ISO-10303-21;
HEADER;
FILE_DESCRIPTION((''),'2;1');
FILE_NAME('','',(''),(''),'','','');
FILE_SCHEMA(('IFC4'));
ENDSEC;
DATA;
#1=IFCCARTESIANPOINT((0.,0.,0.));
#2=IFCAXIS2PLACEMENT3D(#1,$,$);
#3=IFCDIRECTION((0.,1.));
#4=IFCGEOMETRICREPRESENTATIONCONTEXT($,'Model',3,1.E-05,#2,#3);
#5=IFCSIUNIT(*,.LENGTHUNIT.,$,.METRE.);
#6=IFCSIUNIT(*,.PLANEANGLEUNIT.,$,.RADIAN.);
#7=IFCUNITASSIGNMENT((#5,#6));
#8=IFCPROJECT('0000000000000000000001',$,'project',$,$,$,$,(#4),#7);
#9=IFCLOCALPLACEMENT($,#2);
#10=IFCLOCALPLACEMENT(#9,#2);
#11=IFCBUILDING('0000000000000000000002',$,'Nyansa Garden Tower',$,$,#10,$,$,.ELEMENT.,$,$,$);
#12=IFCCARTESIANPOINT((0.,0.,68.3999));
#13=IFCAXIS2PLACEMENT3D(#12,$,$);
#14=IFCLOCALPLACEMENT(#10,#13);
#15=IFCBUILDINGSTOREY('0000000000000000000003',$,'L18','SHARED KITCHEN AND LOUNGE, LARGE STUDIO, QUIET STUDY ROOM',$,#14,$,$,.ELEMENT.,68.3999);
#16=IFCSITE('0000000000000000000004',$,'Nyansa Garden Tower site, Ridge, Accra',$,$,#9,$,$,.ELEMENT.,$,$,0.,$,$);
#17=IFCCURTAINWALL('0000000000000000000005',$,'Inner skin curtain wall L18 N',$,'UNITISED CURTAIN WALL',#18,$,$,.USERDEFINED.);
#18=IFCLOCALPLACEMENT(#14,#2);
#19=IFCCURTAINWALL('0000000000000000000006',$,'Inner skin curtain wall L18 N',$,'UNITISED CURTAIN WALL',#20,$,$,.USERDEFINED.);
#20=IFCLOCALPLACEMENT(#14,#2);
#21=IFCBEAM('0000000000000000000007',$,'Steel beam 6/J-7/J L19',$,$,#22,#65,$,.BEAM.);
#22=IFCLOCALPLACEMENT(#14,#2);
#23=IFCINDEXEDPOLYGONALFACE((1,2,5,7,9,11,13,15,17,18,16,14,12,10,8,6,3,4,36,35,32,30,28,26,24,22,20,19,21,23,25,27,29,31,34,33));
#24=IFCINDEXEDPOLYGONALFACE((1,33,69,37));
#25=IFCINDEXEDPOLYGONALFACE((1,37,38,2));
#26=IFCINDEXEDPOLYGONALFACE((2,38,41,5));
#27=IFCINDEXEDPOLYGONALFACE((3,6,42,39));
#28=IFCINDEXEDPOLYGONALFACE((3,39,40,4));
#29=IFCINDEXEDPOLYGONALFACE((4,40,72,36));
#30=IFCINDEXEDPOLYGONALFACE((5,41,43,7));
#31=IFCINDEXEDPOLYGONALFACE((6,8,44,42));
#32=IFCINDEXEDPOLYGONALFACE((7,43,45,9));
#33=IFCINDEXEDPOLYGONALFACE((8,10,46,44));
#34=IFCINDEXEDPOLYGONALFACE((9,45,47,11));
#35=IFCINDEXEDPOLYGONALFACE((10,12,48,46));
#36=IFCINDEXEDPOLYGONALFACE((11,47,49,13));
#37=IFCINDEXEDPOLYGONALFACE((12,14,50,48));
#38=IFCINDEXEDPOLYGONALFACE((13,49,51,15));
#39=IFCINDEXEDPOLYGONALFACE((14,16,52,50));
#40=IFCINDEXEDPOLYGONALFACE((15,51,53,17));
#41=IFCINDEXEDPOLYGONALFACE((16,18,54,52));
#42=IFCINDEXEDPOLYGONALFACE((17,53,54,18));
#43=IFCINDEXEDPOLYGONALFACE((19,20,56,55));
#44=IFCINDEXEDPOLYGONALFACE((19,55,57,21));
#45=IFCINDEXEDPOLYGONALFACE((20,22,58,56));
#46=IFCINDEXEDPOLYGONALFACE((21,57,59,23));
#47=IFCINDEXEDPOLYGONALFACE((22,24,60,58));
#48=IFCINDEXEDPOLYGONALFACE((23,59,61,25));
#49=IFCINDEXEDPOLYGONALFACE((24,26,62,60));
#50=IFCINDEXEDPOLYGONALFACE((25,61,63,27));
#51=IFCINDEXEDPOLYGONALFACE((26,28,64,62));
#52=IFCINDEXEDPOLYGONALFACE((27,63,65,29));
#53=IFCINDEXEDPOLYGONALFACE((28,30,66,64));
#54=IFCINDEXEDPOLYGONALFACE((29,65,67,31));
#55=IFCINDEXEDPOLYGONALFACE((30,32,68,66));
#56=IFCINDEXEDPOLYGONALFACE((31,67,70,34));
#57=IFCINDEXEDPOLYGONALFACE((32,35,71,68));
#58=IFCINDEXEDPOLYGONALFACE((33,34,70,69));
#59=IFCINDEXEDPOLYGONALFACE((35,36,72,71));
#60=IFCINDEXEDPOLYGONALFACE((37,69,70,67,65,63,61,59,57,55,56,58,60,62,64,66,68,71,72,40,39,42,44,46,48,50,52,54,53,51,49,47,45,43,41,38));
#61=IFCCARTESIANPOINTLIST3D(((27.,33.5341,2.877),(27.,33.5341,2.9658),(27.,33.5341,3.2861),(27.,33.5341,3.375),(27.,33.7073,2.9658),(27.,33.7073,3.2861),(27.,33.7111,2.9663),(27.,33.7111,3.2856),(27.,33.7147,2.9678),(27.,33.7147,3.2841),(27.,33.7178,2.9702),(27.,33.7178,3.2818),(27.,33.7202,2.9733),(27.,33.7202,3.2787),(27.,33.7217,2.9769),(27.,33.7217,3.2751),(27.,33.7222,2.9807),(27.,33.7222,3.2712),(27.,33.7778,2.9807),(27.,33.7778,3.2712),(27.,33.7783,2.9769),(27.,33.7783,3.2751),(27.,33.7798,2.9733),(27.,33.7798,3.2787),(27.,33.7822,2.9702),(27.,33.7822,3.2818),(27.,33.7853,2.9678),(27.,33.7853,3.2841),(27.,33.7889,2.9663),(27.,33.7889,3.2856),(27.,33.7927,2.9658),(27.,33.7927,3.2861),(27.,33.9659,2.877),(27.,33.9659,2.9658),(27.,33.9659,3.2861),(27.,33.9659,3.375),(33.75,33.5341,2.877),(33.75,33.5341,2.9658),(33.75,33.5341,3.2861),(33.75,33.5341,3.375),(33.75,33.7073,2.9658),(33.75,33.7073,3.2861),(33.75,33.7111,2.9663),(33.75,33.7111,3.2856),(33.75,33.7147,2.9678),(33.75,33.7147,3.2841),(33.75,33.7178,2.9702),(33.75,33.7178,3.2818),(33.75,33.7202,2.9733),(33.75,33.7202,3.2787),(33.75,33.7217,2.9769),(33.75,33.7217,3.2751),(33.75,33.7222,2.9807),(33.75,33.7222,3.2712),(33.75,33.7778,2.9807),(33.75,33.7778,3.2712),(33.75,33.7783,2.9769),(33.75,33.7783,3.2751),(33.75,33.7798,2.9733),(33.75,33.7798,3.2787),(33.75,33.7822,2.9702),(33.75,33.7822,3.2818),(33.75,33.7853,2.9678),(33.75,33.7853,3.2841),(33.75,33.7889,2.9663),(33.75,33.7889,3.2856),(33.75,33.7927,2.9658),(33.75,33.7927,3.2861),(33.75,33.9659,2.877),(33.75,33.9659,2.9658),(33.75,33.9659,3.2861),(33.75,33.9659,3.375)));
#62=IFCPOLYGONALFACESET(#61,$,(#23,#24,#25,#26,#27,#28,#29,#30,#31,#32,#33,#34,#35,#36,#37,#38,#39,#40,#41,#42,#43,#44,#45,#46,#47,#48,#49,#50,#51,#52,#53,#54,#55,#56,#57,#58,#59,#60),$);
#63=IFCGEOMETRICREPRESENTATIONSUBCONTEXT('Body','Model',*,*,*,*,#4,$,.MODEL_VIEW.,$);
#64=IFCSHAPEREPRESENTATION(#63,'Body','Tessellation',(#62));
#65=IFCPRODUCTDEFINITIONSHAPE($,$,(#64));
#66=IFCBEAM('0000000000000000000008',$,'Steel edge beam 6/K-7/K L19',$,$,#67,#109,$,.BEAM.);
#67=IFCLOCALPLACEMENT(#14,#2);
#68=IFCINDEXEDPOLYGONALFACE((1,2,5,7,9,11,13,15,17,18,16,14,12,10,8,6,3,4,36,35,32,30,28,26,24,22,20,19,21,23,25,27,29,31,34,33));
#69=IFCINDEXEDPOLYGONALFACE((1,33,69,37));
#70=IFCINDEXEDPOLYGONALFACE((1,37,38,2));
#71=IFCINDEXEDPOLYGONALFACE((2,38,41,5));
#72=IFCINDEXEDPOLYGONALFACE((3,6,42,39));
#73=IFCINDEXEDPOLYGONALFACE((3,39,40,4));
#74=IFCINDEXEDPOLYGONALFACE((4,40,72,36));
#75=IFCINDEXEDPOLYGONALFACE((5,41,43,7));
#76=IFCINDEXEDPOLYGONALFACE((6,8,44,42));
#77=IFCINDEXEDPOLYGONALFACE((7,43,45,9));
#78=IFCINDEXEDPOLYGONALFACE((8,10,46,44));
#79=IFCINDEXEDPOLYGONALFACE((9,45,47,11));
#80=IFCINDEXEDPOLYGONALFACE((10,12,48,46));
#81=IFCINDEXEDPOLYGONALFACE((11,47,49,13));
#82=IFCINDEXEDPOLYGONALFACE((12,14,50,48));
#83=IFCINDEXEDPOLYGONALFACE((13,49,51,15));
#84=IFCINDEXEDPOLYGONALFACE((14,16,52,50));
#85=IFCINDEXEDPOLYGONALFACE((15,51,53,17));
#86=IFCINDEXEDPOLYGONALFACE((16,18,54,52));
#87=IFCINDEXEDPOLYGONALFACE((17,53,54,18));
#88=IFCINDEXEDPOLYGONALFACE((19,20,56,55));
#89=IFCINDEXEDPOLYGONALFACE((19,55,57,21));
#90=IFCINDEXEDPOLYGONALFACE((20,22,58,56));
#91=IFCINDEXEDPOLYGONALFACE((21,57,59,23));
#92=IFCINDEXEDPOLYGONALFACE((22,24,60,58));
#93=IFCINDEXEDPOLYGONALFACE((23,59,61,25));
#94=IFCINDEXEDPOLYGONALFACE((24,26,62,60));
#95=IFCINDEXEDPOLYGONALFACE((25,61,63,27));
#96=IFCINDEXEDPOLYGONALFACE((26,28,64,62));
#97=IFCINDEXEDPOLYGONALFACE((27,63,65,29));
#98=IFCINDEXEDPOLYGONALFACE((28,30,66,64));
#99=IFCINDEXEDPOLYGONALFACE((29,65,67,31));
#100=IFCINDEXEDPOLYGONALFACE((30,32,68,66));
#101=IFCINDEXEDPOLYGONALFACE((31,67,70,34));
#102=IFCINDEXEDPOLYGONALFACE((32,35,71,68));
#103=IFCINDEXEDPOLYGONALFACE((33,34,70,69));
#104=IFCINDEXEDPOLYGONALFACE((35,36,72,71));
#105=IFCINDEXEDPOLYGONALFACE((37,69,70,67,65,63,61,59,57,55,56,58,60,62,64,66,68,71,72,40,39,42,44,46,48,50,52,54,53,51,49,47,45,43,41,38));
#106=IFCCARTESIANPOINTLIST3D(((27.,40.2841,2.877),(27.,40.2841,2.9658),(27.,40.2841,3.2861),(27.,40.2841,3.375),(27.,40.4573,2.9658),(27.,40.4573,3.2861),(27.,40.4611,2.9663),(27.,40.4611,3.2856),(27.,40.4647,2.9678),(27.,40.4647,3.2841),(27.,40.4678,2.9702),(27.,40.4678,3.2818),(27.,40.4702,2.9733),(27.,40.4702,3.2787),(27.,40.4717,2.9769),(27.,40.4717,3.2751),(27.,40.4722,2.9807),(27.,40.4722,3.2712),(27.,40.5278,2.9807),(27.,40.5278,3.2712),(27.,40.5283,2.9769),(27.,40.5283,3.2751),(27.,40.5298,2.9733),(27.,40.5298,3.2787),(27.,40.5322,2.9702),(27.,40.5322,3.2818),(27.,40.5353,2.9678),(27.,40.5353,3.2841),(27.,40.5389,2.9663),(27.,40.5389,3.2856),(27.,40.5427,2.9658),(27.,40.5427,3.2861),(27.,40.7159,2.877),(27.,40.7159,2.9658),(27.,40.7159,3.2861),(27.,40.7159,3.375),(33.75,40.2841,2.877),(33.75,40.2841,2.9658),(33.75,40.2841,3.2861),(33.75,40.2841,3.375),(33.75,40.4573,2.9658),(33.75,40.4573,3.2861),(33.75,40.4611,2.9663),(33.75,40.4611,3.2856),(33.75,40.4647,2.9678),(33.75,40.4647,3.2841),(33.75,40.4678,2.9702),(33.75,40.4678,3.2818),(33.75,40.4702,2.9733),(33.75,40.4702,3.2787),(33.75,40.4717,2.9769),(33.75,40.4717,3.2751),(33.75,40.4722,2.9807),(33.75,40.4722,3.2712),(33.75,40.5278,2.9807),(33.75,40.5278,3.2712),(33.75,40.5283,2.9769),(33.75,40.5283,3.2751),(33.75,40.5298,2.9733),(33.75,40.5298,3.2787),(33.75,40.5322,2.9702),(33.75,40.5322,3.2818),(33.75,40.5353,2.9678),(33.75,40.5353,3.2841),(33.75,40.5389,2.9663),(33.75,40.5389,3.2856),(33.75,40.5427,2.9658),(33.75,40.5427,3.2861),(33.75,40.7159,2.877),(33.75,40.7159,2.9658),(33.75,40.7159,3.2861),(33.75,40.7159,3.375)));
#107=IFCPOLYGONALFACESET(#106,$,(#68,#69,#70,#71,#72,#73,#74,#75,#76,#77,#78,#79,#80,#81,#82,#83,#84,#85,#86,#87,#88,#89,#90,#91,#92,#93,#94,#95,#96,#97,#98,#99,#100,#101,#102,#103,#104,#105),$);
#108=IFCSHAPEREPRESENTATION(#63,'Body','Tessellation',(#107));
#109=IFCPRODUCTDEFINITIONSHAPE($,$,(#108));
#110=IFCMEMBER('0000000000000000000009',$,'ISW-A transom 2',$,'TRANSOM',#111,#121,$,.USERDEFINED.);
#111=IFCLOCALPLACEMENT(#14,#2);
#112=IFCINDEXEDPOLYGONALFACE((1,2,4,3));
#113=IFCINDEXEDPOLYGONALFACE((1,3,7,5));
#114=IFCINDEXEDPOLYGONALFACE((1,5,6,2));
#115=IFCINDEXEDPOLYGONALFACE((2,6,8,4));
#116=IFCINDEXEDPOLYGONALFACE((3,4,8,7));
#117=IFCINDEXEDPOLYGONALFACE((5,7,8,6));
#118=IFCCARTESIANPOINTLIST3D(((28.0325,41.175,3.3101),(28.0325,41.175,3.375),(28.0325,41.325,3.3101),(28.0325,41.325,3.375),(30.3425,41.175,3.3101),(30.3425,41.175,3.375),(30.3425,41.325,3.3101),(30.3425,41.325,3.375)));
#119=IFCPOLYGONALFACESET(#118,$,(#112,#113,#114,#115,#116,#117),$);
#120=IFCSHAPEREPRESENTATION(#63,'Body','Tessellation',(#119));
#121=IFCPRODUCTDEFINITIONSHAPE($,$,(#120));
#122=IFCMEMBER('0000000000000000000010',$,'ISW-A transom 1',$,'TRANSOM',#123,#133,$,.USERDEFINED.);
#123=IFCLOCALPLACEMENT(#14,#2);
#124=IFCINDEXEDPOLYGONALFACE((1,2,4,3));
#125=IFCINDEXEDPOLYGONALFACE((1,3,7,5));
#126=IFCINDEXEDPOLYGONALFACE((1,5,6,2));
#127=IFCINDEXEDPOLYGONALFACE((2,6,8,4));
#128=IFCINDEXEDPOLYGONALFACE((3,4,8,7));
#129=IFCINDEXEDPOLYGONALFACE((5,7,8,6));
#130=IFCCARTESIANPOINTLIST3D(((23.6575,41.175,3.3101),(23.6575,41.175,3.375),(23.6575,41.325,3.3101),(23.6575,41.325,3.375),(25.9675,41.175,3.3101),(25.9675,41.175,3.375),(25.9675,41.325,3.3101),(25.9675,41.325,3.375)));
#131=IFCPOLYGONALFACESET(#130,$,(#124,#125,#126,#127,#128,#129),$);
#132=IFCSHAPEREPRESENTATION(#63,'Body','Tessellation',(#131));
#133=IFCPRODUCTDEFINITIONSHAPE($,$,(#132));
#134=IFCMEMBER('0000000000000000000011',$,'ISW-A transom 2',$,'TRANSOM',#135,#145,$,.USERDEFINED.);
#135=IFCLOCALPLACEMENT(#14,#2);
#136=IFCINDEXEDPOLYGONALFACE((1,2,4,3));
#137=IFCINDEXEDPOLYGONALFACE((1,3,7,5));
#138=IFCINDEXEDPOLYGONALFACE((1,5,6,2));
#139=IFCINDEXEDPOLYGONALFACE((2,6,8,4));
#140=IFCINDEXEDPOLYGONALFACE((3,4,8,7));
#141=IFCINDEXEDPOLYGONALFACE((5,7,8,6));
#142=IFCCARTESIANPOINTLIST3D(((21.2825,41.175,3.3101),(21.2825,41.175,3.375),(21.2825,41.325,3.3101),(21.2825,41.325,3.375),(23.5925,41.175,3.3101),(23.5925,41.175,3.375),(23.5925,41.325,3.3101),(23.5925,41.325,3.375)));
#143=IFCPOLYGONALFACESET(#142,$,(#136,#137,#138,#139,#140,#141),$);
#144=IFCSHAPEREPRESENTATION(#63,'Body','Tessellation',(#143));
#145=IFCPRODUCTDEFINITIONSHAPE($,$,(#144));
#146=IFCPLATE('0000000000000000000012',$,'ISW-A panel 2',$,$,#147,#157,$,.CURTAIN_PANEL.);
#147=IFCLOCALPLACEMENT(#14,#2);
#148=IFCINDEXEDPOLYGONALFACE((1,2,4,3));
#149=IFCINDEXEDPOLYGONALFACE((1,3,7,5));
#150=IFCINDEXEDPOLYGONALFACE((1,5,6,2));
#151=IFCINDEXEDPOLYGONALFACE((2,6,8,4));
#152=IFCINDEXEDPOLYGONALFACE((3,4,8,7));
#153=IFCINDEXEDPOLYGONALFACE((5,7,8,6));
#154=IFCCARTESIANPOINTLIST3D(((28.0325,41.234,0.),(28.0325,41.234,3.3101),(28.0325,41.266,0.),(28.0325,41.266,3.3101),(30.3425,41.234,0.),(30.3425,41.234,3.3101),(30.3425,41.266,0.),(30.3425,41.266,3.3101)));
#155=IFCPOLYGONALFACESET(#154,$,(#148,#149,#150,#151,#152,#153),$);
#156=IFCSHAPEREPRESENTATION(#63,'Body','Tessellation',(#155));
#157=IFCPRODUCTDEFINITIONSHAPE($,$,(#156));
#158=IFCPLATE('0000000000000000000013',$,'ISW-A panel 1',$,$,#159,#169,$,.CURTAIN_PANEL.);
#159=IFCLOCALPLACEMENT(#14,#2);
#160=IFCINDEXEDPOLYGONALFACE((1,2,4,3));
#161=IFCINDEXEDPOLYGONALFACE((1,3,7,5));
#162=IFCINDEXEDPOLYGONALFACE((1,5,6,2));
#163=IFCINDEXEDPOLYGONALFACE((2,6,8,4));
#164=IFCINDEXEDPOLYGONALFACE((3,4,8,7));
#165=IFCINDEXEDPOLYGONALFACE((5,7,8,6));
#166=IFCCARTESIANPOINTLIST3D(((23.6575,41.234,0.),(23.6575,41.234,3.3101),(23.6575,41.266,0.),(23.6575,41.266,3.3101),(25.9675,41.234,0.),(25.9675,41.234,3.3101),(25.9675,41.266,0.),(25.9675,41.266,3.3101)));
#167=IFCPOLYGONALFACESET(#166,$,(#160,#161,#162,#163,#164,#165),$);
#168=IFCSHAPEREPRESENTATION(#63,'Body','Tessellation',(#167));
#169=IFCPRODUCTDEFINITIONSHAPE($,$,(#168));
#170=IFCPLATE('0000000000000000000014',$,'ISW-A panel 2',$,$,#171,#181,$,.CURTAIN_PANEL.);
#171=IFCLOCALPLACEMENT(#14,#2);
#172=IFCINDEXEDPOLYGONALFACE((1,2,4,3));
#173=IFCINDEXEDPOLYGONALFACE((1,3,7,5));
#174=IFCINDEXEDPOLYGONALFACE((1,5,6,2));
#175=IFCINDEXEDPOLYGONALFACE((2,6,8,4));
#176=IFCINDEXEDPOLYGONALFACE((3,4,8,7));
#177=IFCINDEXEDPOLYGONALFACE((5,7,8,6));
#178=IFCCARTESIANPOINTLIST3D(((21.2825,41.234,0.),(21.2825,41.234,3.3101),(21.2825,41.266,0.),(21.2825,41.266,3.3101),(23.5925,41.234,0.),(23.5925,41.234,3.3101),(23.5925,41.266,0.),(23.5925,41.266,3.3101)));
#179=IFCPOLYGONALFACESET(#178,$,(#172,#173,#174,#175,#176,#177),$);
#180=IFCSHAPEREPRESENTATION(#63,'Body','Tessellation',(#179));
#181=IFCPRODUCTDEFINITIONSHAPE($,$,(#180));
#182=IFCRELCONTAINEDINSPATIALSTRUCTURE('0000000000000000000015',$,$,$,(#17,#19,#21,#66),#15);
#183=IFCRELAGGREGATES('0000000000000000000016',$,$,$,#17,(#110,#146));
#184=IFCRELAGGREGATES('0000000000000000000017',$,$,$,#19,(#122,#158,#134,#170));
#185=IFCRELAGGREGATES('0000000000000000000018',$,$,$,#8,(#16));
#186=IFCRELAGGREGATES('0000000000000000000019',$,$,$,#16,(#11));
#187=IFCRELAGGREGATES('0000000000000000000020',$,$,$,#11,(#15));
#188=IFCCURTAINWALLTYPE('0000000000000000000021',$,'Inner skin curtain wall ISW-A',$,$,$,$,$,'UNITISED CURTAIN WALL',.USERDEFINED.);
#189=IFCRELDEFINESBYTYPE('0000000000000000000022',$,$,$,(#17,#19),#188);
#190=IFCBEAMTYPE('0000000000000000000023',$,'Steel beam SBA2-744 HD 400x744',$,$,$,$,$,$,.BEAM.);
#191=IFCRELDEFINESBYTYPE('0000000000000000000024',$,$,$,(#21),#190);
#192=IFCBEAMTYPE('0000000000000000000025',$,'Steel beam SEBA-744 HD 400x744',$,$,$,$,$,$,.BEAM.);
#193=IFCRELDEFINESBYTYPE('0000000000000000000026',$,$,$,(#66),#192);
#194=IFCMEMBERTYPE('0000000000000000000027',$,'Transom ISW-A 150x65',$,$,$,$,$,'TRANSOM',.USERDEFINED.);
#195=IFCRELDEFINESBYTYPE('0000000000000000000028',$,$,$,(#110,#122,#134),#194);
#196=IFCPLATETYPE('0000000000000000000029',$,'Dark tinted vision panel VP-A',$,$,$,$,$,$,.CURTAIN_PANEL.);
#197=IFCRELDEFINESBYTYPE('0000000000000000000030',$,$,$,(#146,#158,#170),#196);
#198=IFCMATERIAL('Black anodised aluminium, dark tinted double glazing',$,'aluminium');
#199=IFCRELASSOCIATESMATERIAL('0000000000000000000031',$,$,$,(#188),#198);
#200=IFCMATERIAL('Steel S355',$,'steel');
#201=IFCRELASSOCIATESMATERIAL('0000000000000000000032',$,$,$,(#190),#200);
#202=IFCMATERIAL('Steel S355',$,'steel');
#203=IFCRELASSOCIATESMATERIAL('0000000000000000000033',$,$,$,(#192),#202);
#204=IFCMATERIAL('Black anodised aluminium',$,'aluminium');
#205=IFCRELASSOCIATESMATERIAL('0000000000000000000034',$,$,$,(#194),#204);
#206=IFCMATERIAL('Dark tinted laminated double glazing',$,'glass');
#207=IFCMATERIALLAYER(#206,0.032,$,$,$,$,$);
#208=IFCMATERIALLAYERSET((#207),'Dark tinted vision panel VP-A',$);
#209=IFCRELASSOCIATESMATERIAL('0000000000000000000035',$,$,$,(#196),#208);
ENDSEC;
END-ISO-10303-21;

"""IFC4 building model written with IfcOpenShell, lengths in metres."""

from ifc_helpers import new_model, si_unit, direction, frame, origin, origin_2d, place, context, subcontext, project, spatial, rectangle, i_section, extrude, material, layer, layer_set, material_profile, profile_set, type_object, element, aggregate, save


model = new_model("IFC4")

# Units and contexts
model_context = context("Model", 3, precision=1e-05, world=origin(), true_north=direction((0.0, 1.0)))
body_context = subcontext(model_context, "Body", "Model", "MODEL_VIEW")
ifc_project = project(units=[si_unit("LENGTHUNIT", "METRE"), si_unit("PLANEANGLEUNIT", "RADIAN")], contexts=[model_context])

# Site, building, storey
site_placement = place(None, origin())
site = spatial("IfcSite", under=ifc_project, at=site_placement, Name="Nyansa Garden Tower site, Ridge, Accra", CompositionType="ELEMENT", RefElevation=0.0)
building_placement = place(site_placement, origin())
building = spatial("IfcBuilding", under=site, at=building_placement, Name="Nyansa Garden Tower", CompositionType="ELEMENT")
storey_placement = place(building_placement, frame((0.0, 0.0, 68.3999)))
storey = spatial("IfcBuildingStorey", under=building, at=storey_placement, Name="L18", Description="SHARED KITCHEN AND LOUNGE, LARGE STUDIO, QUIET STUDY ROOM", CompositionType="ELEMENT", Elevation=68.3999)

# Curtain wall
ifc_material_1 = material(Name="Black anodised aluminium, dark tinted double glazing", Category="aluminium")
curtain_wall_type = type_object("IfcCurtainWallType", Name="Inner skin curtain wall ISW-A", ElementType="UNITISED CURTAIN WALL", PredefinedType="USERDEFINED", material=ifc_material_1)
curtain_wall_1_placement = place(storey_placement, origin())
curtain_wall_1 = element("IfcCurtainWall", 1, at=curtain_wall_1_placement, inside=storey, type_object=curtain_wall_type, Name="Inner skin curtain wall L18 N", ObjectType="UNITISED CURTAIN WALL", PredefinedType="USERDEFINED")

# Curtain wall
curtain_wall_2_placement = place(storey_placement, origin())
curtain_wall_2 = element("IfcCurtainWall", 2, at=curtain_wall_2_placement, inside=storey, type_object=curtain_wall_type, Name="Inner skin curtain wall L18 N", ObjectType="UNITISED CURTAIN WALL", PredefinedType="USERDEFINED")

# Beams
ifc_material_2 = material(Name="Steel S355", Category="steel")
ifc_material_profile_1 = material_profile(ifc_material_2, i_section(OverallWidth=0.4319, OverallDepth=0.498, WebThickness=0.0557, FlangeThickness=0.0889, FilletRadius=0.0149, at=origin_2d()), Name="HD 400x744")
ifc_profile_set_1 = profile_set([ifc_material_profile_1], Name="Steel S355")
beam_type_1 = type_object("IfcBeamType", Name="Steel beam SBA2-744 HD 400x744", PredefinedType="BEAM", material=ifc_profile_set_1)
beam_1_placement = place(storey_placement, frame((27.0, 33.75, 3.126), z_axis=(1.0, 0.0, 0.0), x_axis=(0.0, 1.0, 0.0)))
element("IfcBeam", 3, at=beam_1_placement, inside=storey, type_object=beam_type_1, Name="Steel beam 6/J-7/J L19", PredefinedType="BEAM", context=body_context, shape_type="SweptSolid", body=[
    extrude(i_section(OverallWidth=0.4319, OverallDepth=0.498, WebThickness=0.0557, FlangeThickness=0.0889, FilletRadius=0.0149, at=origin_2d()), origin(), (0.0, 0.0, 1.0), 6.75),
])
ifc_material_3 = material(Name="Steel S355", Category="steel")
ifc_material_profile_2 = material_profile(ifc_material_3, i_section(OverallWidth=0.4319, OverallDepth=0.498, WebThickness=0.0557, FlangeThickness=0.0889, FilletRadius=0.0149, at=origin_2d()), Name="HD 400x744")
ifc_profile_set_2 = profile_set([ifc_material_profile_2], Name="Steel S355")
beam_type_2 = type_object("IfcBeamType", Name="Steel beam SEBA-744 HD 400x744", PredefinedType="BEAM", material=ifc_profile_set_2)
beam_2_placement = place(storey_placement, frame((27.0, 40.5, 3.126), z_axis=(1.0, 0.0, 0.0), x_axis=(0.0, 1.0, 0.0)))
element("IfcBeam", 4, at=beam_2_placement, inside=storey, type_object=beam_type_2, Name="Steel edge beam 6/K-7/K L19", PredefinedType="BEAM", context=body_context, shape_type="SweptSolid", body=[
    extrude(i_section(OverallWidth=0.4319, OverallDepth=0.498, WebThickness=0.0557, FlangeThickness=0.0889, FilletRadius=0.0149, at=origin_2d()), origin(), (0.0, 0.0, 1.0), 6.75),
])

# Members
ifc_material_4 = material(Name="Black anodised aluminium", Category="aluminium")
ifc_material_profile_3 = material_profile(ifc_material_4, rectangle(XDim=0.1499, YDim=0.0649, at=origin_2d()), Name="Transom 150x65")
ifc_profile_set_3 = profile_set([ifc_material_profile_3], Name="Black anodised aluminium")
member_type_1 = type_object("IfcMemberType", Name="Transom ISW-A 150x65", ElementType="TRANSOM", PredefinedType="USERDEFINED", material=ifc_profile_set_3)
member_1_placement = place(storey_placement, frame((30.3425, 41.25, 3.3425), z_axis=(-1.0, 0.0, 0.0), x_axis=(0.0, -1.0, 0.0)))
member_1 = element("IfcMember", 5, at=member_1_placement, type_object=member_type_1, Name="ISW-A transom 2", ObjectType="TRANSOM", PredefinedType="USERDEFINED", context=body_context, shape_type="SweptSolid", body=[
    extrude(rectangle(XDim=0.1499, YDim=0.0649, at=origin_2d()), origin(), (0.0, 0.0, 1.0), 2.3101),
])
member_2_placement = place(storey_placement, frame((25.9675, 41.25, 3.3425), z_axis=(-1.0, 0.0, 0.0), x_axis=(0.0, -1.0, 0.0)))
member_2 = element("IfcMember", 6, at=member_2_placement, type_object=member_type_1, Name="ISW-A transom 1", ObjectType="TRANSOM", PredefinedType="USERDEFINED", context=body_context, shape_type="SweptSolid", body=[
    extrude(rectangle(XDim=0.1499, YDim=0.0649, at=origin_2d()), origin(), (0.0, 0.0, 1.0), 2.3101),
])
member_3_placement = place(storey_placement, frame((23.5925, 41.25, 3.3425), z_axis=(-1.0, 0.0, 0.0), x_axis=(0.0, -1.0, 0.0)))
member_3 = element("IfcMember", 7, at=member_3_placement, type_object=member_type_1, Name="ISW-A transom 2", ObjectType="TRANSOM", PredefinedType="USERDEFINED", context=body_context, shape_type="SweptSolid", body=[
    extrude(rectangle(XDim=0.1499, YDim=0.0649, at=origin_2d()), origin(), (0.0, 0.0, 1.0), 2.3101),
])

# Plates
ifc_material_5 = material(Name="Dark tinted laminated double glazing", Category="glass")
ifc_layer_1 = layer(ifc_material_5, 0.032)
ifc_layer_set_1 = layer_set([ifc_layer_1], Name="Dark tinted vision panel VP-A")
plate_type_1 = type_object("IfcPlateType", Name="Dark tinted vision panel VP-A", PredefinedType="CURTAIN_PANEL", material=ifc_layer_set_1)
plate_1_placement = place(storey_placement, frame((29.1875, 41.25, 0.0), z_axis=(0.0, 0.0, 1.0), x_axis=(-1.0, 0.0, 0.0)))
plate_1 = element("IfcPlate", 8, at=plate_1_placement, type_object=plate_type_1, Name="ISW-A panel 2", PredefinedType="CURTAIN_PANEL", context=body_context, shape_type="SweptSolid", body=[
    extrude(rectangle(XDim=2.3101, YDim=0.032, at=origin_2d()), origin(), (0.0, 0.0, 1.0), 3.3101),
])
aggregate(curtain_wall_1, [member_1, plate_1])
plate_2_placement = place(storey_placement, frame((24.8125, 41.25, 0.0), z_axis=(0.0, 0.0, 1.0), x_axis=(-1.0, 0.0, 0.0)))
plate_2 = element("IfcPlate", 9, at=plate_2_placement, type_object=plate_type_1, Name="ISW-A panel 1", PredefinedType="CURTAIN_PANEL", context=body_context, shape_type="SweptSolid", body=[
    extrude(rectangle(XDim=2.3101, YDim=0.032, at=origin_2d()), origin(), (0.0, 0.0, 1.0), 3.3101),
])
plate_3_placement = place(storey_placement, frame((22.4375, 41.25, 0.0), z_axis=(0.0, 0.0, 1.0), x_axis=(-1.0, 0.0, 0.0)))
plate_3 = element("IfcPlate", 10, at=plate_3_placement, type_object=plate_type_1, Name="ISW-A panel 2", PredefinedType="CURTAIN_PANEL", context=body_context, shape_type="SweptSolid", body=[
    extrude(rectangle(XDim=2.3101, YDim=0.032, at=origin_2d()), origin(), (0.0, 0.0, 1.0), 3.3101),
])
aggregate(curtain_wall_2, [member_2, plate_2, member_3, plate_3])

save(model, "model.ifc")
